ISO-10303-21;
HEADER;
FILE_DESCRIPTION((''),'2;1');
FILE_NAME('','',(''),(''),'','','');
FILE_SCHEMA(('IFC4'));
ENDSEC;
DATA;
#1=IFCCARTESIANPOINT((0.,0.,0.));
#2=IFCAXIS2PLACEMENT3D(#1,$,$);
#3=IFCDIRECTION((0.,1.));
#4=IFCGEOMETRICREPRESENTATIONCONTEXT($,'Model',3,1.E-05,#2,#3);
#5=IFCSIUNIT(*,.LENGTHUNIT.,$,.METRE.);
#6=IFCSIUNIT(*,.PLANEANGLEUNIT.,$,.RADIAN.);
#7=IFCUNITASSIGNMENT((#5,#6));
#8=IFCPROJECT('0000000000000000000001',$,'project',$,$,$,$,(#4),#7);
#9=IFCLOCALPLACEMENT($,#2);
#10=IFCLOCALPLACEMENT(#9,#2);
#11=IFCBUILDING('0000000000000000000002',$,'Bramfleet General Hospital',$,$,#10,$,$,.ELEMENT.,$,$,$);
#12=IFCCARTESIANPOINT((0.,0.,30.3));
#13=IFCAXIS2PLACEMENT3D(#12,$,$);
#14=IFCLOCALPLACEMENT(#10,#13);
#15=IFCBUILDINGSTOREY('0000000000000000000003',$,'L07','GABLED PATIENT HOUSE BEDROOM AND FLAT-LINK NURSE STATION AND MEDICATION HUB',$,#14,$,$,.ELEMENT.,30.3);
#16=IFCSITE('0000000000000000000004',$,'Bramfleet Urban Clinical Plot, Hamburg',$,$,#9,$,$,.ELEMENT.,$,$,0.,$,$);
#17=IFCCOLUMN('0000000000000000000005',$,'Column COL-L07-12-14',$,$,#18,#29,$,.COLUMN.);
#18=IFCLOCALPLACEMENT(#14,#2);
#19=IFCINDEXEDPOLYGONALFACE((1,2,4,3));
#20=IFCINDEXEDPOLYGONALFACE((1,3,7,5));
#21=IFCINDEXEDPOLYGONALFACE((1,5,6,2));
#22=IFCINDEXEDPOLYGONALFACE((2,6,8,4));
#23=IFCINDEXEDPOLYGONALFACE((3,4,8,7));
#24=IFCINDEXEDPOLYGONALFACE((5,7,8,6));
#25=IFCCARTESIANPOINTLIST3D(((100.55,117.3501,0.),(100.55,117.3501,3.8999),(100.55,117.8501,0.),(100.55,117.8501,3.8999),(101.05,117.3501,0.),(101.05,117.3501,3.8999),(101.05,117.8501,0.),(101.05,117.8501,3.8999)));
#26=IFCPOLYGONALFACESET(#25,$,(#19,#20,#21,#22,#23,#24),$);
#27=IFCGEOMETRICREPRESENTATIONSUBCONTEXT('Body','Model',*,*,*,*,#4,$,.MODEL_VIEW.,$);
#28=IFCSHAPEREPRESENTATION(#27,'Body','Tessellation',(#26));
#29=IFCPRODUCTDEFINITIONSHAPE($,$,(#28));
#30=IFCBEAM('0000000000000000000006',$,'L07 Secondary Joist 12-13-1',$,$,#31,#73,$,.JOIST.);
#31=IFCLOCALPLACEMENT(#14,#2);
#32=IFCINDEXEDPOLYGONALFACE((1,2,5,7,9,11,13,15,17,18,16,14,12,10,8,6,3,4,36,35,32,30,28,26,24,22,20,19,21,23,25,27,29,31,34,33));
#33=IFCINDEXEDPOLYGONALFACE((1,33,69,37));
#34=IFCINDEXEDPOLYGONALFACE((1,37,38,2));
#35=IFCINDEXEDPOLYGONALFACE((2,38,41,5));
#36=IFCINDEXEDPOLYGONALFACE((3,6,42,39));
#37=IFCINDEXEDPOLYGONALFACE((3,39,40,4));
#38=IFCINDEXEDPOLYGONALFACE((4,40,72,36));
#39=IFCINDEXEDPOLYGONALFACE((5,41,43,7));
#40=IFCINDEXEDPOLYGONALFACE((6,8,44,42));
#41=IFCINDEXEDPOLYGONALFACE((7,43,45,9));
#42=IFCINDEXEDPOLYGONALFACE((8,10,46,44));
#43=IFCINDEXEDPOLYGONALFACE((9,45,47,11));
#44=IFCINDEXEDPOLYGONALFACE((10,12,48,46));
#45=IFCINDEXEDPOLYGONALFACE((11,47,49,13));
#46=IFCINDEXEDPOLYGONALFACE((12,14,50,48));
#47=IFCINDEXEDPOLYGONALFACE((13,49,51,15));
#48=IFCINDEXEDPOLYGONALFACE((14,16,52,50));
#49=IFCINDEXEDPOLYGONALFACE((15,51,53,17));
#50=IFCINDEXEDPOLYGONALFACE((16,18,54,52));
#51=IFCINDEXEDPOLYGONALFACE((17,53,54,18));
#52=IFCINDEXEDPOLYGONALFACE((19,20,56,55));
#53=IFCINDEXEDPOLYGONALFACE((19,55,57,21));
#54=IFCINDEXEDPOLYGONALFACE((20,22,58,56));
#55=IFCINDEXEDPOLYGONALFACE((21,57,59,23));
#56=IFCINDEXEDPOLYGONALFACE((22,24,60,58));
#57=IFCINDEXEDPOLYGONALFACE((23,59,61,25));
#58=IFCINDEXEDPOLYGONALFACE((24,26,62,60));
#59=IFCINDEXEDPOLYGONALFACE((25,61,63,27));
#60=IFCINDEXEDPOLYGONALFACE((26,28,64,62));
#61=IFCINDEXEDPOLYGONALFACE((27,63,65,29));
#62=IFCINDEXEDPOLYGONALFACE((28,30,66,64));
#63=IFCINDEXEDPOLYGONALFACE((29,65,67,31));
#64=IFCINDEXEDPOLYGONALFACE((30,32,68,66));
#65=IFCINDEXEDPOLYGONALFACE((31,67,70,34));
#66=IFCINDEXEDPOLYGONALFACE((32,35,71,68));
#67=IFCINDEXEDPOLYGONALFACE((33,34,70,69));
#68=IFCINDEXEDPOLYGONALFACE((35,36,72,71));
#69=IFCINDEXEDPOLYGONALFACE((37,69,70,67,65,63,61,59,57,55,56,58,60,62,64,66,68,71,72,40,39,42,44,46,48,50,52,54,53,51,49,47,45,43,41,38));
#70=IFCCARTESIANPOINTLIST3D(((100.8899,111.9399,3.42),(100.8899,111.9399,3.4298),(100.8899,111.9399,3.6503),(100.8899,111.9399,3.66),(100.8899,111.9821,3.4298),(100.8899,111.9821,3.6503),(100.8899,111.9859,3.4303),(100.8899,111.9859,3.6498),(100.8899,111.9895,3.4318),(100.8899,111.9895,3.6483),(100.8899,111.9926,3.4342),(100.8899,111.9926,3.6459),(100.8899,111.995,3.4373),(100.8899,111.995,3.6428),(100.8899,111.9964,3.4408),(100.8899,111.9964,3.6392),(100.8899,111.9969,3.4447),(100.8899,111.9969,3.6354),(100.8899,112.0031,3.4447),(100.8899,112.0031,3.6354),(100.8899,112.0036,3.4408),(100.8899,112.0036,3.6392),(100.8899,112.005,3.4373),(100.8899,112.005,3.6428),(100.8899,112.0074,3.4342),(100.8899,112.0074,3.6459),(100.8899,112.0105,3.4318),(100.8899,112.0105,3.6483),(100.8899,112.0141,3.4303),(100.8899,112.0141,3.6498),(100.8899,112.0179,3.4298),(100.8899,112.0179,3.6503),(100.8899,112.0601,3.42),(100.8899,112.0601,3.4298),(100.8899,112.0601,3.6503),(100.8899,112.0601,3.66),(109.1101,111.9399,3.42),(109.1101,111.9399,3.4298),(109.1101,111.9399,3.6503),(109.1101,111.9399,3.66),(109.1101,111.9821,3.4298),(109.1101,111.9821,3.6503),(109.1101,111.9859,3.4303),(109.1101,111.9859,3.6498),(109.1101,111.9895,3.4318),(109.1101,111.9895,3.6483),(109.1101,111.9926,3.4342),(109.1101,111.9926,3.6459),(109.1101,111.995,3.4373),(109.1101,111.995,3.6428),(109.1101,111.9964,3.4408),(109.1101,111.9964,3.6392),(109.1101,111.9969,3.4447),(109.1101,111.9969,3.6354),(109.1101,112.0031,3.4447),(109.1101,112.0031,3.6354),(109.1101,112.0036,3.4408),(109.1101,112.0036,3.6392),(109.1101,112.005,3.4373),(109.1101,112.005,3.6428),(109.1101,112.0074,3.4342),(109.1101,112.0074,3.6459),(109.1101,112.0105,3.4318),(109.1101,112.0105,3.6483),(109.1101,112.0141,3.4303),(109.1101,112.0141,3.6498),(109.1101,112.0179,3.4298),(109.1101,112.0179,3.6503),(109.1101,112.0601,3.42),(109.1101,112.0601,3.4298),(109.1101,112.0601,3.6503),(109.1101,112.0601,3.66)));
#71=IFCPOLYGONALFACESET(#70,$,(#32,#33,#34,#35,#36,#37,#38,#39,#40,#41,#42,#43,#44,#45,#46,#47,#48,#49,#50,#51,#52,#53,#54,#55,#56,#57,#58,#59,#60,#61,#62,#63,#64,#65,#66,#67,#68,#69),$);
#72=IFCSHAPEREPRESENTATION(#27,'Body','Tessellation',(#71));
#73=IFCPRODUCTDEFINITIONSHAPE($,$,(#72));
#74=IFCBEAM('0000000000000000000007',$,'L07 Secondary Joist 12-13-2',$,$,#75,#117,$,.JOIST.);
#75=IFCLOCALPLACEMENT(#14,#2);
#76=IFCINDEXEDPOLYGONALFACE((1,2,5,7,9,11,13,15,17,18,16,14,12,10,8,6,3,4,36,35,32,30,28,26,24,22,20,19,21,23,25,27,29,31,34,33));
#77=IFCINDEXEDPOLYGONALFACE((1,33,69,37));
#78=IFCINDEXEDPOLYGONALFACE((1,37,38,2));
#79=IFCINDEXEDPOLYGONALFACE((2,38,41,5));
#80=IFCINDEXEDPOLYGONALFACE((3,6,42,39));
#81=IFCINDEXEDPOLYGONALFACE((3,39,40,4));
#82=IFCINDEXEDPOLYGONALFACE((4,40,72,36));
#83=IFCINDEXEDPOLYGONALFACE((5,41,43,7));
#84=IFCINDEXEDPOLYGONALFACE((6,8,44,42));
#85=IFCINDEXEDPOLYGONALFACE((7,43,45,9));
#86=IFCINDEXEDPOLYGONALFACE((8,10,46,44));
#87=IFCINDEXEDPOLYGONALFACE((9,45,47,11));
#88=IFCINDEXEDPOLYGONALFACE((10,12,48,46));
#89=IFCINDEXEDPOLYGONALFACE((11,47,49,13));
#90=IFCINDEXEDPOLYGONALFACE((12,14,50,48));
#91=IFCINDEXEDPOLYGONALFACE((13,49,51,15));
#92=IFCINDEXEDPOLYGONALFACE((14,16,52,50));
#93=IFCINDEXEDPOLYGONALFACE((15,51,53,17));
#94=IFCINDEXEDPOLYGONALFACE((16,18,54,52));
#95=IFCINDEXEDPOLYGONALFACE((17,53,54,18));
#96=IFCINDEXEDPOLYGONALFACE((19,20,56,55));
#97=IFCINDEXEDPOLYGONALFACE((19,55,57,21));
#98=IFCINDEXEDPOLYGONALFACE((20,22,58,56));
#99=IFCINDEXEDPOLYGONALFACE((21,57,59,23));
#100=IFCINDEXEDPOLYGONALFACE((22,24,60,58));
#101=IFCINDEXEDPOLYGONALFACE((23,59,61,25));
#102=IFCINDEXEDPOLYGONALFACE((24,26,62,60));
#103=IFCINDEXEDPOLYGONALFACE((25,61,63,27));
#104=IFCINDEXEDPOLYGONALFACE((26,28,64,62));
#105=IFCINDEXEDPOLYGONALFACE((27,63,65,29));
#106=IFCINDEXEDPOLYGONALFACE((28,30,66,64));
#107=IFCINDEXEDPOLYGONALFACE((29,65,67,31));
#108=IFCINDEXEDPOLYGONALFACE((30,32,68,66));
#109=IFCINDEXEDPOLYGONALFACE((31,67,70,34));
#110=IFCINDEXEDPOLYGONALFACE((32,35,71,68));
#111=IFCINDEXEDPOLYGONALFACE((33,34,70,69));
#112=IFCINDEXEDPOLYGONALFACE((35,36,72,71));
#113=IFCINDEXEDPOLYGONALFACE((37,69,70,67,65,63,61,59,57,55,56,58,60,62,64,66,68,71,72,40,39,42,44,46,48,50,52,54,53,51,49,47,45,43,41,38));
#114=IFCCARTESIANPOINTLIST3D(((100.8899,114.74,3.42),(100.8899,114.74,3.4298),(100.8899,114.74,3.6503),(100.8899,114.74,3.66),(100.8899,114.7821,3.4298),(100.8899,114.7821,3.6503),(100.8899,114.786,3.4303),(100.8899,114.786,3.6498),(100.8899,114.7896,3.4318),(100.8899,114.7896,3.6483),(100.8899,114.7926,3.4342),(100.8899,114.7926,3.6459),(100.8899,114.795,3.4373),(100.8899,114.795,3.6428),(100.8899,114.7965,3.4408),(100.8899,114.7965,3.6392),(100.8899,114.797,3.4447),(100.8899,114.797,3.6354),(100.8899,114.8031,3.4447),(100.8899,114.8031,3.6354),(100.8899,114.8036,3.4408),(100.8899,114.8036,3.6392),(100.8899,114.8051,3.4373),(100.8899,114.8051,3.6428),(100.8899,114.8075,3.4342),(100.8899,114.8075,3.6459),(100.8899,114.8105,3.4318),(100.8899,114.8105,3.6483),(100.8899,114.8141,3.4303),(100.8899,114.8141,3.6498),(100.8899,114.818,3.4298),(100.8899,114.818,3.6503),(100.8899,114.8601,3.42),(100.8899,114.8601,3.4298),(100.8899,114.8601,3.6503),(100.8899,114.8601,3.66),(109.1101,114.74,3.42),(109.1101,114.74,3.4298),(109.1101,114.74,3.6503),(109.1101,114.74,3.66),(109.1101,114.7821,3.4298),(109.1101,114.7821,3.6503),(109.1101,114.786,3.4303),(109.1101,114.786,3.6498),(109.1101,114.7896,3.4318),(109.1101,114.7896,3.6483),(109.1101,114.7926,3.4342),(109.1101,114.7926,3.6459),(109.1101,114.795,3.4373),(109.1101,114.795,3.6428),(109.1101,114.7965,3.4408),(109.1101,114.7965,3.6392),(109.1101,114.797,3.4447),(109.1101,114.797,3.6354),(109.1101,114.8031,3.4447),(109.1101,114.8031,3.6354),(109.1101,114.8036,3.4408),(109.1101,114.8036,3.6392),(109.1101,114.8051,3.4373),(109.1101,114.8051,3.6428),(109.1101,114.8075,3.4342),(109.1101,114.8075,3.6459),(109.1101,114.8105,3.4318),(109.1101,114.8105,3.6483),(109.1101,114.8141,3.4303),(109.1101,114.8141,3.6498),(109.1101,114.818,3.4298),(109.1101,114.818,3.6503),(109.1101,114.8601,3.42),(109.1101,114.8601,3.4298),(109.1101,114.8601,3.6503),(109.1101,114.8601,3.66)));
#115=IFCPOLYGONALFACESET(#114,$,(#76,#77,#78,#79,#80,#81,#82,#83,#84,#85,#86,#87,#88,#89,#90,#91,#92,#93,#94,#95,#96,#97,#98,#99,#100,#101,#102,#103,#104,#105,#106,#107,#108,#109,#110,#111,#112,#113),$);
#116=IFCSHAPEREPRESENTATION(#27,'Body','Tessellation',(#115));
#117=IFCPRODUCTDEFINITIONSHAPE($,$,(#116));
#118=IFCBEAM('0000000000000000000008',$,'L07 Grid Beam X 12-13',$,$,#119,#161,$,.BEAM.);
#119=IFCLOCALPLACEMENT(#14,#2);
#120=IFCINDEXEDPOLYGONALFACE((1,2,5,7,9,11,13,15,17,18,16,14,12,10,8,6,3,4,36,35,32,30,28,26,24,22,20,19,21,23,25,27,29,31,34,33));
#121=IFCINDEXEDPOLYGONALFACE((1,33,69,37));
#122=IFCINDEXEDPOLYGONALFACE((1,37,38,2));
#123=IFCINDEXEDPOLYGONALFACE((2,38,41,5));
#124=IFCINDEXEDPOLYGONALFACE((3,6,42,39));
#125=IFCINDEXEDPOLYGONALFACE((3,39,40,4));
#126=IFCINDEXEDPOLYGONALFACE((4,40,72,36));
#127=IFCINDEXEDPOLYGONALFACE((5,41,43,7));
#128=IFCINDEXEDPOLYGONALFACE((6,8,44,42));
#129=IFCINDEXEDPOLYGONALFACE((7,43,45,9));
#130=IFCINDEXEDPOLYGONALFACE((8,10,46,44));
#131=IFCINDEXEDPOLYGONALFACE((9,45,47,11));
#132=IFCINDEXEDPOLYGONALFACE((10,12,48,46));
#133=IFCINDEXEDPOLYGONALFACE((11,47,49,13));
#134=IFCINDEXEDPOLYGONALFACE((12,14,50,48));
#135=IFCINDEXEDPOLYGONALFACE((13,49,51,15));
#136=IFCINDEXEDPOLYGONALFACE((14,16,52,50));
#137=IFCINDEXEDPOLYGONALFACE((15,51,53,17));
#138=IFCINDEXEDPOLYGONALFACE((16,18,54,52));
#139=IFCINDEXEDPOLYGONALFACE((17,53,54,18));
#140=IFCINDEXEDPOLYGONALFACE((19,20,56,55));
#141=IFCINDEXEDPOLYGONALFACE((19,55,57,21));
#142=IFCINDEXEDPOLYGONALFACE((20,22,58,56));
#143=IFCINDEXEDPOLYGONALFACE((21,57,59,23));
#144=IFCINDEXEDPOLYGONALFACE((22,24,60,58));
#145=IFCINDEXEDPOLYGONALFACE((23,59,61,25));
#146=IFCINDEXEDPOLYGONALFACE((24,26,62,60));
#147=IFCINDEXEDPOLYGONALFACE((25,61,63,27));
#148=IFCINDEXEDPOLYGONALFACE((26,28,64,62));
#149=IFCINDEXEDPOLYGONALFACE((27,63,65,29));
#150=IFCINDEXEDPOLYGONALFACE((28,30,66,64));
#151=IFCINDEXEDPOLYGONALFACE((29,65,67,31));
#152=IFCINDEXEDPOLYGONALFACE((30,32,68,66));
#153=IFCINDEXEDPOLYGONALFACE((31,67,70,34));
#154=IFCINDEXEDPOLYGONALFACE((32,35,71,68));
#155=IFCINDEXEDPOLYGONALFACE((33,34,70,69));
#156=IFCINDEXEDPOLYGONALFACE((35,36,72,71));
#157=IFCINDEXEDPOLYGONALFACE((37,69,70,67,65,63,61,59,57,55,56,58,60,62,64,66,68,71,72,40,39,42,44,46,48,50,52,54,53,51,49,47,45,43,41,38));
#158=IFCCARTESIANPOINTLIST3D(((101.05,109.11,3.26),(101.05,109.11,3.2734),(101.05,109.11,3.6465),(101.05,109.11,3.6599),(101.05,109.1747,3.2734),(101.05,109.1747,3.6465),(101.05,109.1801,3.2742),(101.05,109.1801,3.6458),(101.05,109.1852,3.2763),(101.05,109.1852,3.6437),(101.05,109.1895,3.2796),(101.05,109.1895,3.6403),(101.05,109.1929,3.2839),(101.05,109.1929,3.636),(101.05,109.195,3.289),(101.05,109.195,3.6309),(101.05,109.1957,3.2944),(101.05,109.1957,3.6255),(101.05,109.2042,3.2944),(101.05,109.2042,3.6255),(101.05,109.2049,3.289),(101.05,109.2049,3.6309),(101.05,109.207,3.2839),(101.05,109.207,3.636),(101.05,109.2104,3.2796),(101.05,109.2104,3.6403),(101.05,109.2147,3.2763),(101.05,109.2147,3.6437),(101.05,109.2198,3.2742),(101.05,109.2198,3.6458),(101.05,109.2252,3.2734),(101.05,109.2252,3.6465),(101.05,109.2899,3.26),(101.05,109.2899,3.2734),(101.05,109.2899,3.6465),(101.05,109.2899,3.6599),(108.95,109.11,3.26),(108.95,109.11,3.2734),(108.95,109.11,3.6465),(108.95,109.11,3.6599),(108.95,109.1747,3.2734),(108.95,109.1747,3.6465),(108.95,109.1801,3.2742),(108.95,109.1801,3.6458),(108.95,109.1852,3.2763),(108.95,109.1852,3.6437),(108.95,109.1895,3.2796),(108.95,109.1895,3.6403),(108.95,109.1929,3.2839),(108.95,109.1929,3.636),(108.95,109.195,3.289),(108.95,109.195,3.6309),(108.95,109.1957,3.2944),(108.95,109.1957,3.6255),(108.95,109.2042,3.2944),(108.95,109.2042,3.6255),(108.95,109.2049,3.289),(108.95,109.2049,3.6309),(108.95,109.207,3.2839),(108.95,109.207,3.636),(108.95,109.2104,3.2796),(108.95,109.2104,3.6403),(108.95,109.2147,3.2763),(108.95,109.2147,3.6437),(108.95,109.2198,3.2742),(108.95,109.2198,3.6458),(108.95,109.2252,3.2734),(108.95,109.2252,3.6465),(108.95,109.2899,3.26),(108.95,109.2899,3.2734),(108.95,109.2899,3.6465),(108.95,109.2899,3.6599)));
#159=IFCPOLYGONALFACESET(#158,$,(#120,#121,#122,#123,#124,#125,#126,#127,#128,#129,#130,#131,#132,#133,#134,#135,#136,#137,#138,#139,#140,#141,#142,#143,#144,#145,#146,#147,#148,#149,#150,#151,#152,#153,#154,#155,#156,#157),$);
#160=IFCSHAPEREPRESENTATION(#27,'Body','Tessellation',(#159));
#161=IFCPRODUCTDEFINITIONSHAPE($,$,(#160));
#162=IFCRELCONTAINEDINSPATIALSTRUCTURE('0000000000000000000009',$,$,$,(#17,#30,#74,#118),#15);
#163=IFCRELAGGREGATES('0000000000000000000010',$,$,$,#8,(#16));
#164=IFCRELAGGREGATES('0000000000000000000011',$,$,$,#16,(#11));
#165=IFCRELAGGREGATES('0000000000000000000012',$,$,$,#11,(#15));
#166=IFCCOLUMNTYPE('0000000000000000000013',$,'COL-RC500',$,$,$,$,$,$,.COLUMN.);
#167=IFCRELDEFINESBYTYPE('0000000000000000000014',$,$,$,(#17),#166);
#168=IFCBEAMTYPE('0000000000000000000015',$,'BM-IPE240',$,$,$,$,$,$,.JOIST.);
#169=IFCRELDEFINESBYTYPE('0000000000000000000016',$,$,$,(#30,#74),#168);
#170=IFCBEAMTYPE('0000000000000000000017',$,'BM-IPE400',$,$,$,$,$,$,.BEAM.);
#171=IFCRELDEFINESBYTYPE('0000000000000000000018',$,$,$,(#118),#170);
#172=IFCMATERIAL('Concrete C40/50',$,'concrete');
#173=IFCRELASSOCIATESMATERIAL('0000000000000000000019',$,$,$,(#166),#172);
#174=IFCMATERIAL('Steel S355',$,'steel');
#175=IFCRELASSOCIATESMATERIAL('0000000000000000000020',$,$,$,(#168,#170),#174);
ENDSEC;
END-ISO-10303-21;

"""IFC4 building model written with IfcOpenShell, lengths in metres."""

from ifc_helpers import new_model, si_unit, direction, frame, origin, origin_2d, place, context, subcontext, project, spatial, rectangle, i_section, extrude, material, material_profile, profile_set, type_object, element, save


model = new_model("IFC4")

# Units and contexts
model_context = context("Model", 3, precision=1e-05, world=origin(), true_north=direction((0.0, 1.0)))
body_context = subcontext(model_context, "Body", "Model", "MODEL_VIEW")
ifc_project = project(units=[si_unit("LENGTHUNIT", "METRE"), si_unit("PLANEANGLEUNIT", "RADIAN")], contexts=[model_context])

# Site, building, storey
site_placement = place(None, origin())
site = spatial("IfcSite", under=ifc_project, at=site_placement, Name="Bramfleet Urban Clinical Plot, Hamburg", CompositionType="ELEMENT", RefElevation=0.0)
building_placement = place(site_placement, origin())
building = spatial("IfcBuilding", under=site, at=building_placement, Name="Bramfleet General Hospital", CompositionType="ELEMENT")
storey_placement = place(building_placement, frame((0.0, 0.0, 30.3)))
storey = spatial("IfcBuildingStorey", under=building, at=storey_placement, Name="L07", Description="GABLED PATIENT HOUSE BEDROOM AND FLAT-LINK NURSE STATION AND MEDICATION HUB", CompositionType="ELEMENT", Elevation=30.3)

# Column
ifc_material_1 = material(Name="Concrete C40/50", Category="concrete")
ifc_material_profile_1 = material_profile(ifc_material_1, rectangle(XDim=0.5, YDim=0.5, at=origin_2d()), Name="RC COL 500x500")
ifc_profile_set_1 = profile_set([ifc_material_profile_1], Name="Concrete C40/50")
column_type = type_object("IfcColumnType", Name="COL-RC500", PredefinedType="COLUMN", material=ifc_profile_set_1)
column_placement = place(storey_placement, frame((100.8, 117.6001, 0.0), z_axis=(0.0, 0.0, 1.0), x_axis=(1.0, 0.0, 0.0)))
element("IfcColumn", 1, at=column_placement, inside=storey, type_object=column_type, Name="Column COL-L07-12-14", PredefinedType="COLUMN", context=body_context, shape_type="SweptSolid", body=[
    extrude(rectangle(XDim=0.5, YDim=0.5, at=origin_2d()), origin(), (0.0, 0.0, 1.0), 3.8999),
])

# Beams
ifc_material_2 = material(Name="Steel S355", Category="steel")
ifc_material_profile_2 = material_profile(ifc_material_2, i_section(OverallWidth=0.1201, OverallDepth=0.24, WebThickness=0.0061, FlangeThickness=0.0098, FilletRadius=0.0149, at=origin_2d()), Name="IPE 240")
ifc_profile_set_2 = profile_set([ifc_material_profile_2], Name="Steel S355")
beam_type_1 = type_object("IfcBeamType", Name="BM-IPE240", PredefinedType="JOIST", material=ifc_profile_set_2)
for number, where, z_axis, x_axis, name in (
    (2, (100.8899, 112.0, 3.54), (1.0, 0.0, 0.0), (0.0, 1.0, 0.0), "L07 Secondary Joist 12-13-1"),
    (3, (100.8899, 114.8, 3.54), (1.0, 0.0, 0.0), (0.0, 1.0, 0.0), "L07 Secondary Joist 12-13-2"),
):
    element("IfcBeam", number, at=place(storey_placement, frame(where, z_axis=z_axis, x_axis=x_axis)), inside=storey, type_object=beam_type_1, Name=name, PredefinedType="JOIST", context=body_context, shape_type="SweptSolid", body=[
        extrude(i_section(OverallWidth=0.1201, OverallDepth=0.24, WebThickness=0.0061, FlangeThickness=0.0098, FilletRadius=0.0149, at=origin_2d()), origin(), (0.0, 0.0, 1.0), 8.2202),
    ])
ifc_material_profile_3 = material_profile(ifc_material_2, i_section(OverallWidth=0.1799, OverallDepth=0.3999, WebThickness=0.0085, FlangeThickness=0.0134, FilletRadius=0.021, at=origin_2d()), Name="IPE 400")
ifc_profile_set_3 = profile_set([ifc_material_profile_3], Name="Steel S355")
beam_type_2 = type_object("IfcBeamType", Name="BM-IPE400", PredefinedType="BEAM", material=ifc_profile_set_3)
beam_1_placement = place(storey_placement, frame((101.05, 109.2, 3.46), z_axis=(1.0, 0.0, 0.0), x_axis=(0.0, 1.0, 0.0)))
element("IfcBeam", 4, at=beam_1_placement, inside=storey, type_object=beam_type_2, Name="L07 Grid Beam X 12-13", PredefinedType="BEAM", context=body_context, shape_type="SweptSolid", body=[
    extrude(i_section(OverallWidth=0.1799, OverallDepth=0.3999, WebThickness=0.0085, FlangeThickness=0.0134, FilletRadius=0.021, at=origin_2d()), origin(), (0.0, 0.0, 1.0), 7.8999),
])

save(model, "model.ifc")
